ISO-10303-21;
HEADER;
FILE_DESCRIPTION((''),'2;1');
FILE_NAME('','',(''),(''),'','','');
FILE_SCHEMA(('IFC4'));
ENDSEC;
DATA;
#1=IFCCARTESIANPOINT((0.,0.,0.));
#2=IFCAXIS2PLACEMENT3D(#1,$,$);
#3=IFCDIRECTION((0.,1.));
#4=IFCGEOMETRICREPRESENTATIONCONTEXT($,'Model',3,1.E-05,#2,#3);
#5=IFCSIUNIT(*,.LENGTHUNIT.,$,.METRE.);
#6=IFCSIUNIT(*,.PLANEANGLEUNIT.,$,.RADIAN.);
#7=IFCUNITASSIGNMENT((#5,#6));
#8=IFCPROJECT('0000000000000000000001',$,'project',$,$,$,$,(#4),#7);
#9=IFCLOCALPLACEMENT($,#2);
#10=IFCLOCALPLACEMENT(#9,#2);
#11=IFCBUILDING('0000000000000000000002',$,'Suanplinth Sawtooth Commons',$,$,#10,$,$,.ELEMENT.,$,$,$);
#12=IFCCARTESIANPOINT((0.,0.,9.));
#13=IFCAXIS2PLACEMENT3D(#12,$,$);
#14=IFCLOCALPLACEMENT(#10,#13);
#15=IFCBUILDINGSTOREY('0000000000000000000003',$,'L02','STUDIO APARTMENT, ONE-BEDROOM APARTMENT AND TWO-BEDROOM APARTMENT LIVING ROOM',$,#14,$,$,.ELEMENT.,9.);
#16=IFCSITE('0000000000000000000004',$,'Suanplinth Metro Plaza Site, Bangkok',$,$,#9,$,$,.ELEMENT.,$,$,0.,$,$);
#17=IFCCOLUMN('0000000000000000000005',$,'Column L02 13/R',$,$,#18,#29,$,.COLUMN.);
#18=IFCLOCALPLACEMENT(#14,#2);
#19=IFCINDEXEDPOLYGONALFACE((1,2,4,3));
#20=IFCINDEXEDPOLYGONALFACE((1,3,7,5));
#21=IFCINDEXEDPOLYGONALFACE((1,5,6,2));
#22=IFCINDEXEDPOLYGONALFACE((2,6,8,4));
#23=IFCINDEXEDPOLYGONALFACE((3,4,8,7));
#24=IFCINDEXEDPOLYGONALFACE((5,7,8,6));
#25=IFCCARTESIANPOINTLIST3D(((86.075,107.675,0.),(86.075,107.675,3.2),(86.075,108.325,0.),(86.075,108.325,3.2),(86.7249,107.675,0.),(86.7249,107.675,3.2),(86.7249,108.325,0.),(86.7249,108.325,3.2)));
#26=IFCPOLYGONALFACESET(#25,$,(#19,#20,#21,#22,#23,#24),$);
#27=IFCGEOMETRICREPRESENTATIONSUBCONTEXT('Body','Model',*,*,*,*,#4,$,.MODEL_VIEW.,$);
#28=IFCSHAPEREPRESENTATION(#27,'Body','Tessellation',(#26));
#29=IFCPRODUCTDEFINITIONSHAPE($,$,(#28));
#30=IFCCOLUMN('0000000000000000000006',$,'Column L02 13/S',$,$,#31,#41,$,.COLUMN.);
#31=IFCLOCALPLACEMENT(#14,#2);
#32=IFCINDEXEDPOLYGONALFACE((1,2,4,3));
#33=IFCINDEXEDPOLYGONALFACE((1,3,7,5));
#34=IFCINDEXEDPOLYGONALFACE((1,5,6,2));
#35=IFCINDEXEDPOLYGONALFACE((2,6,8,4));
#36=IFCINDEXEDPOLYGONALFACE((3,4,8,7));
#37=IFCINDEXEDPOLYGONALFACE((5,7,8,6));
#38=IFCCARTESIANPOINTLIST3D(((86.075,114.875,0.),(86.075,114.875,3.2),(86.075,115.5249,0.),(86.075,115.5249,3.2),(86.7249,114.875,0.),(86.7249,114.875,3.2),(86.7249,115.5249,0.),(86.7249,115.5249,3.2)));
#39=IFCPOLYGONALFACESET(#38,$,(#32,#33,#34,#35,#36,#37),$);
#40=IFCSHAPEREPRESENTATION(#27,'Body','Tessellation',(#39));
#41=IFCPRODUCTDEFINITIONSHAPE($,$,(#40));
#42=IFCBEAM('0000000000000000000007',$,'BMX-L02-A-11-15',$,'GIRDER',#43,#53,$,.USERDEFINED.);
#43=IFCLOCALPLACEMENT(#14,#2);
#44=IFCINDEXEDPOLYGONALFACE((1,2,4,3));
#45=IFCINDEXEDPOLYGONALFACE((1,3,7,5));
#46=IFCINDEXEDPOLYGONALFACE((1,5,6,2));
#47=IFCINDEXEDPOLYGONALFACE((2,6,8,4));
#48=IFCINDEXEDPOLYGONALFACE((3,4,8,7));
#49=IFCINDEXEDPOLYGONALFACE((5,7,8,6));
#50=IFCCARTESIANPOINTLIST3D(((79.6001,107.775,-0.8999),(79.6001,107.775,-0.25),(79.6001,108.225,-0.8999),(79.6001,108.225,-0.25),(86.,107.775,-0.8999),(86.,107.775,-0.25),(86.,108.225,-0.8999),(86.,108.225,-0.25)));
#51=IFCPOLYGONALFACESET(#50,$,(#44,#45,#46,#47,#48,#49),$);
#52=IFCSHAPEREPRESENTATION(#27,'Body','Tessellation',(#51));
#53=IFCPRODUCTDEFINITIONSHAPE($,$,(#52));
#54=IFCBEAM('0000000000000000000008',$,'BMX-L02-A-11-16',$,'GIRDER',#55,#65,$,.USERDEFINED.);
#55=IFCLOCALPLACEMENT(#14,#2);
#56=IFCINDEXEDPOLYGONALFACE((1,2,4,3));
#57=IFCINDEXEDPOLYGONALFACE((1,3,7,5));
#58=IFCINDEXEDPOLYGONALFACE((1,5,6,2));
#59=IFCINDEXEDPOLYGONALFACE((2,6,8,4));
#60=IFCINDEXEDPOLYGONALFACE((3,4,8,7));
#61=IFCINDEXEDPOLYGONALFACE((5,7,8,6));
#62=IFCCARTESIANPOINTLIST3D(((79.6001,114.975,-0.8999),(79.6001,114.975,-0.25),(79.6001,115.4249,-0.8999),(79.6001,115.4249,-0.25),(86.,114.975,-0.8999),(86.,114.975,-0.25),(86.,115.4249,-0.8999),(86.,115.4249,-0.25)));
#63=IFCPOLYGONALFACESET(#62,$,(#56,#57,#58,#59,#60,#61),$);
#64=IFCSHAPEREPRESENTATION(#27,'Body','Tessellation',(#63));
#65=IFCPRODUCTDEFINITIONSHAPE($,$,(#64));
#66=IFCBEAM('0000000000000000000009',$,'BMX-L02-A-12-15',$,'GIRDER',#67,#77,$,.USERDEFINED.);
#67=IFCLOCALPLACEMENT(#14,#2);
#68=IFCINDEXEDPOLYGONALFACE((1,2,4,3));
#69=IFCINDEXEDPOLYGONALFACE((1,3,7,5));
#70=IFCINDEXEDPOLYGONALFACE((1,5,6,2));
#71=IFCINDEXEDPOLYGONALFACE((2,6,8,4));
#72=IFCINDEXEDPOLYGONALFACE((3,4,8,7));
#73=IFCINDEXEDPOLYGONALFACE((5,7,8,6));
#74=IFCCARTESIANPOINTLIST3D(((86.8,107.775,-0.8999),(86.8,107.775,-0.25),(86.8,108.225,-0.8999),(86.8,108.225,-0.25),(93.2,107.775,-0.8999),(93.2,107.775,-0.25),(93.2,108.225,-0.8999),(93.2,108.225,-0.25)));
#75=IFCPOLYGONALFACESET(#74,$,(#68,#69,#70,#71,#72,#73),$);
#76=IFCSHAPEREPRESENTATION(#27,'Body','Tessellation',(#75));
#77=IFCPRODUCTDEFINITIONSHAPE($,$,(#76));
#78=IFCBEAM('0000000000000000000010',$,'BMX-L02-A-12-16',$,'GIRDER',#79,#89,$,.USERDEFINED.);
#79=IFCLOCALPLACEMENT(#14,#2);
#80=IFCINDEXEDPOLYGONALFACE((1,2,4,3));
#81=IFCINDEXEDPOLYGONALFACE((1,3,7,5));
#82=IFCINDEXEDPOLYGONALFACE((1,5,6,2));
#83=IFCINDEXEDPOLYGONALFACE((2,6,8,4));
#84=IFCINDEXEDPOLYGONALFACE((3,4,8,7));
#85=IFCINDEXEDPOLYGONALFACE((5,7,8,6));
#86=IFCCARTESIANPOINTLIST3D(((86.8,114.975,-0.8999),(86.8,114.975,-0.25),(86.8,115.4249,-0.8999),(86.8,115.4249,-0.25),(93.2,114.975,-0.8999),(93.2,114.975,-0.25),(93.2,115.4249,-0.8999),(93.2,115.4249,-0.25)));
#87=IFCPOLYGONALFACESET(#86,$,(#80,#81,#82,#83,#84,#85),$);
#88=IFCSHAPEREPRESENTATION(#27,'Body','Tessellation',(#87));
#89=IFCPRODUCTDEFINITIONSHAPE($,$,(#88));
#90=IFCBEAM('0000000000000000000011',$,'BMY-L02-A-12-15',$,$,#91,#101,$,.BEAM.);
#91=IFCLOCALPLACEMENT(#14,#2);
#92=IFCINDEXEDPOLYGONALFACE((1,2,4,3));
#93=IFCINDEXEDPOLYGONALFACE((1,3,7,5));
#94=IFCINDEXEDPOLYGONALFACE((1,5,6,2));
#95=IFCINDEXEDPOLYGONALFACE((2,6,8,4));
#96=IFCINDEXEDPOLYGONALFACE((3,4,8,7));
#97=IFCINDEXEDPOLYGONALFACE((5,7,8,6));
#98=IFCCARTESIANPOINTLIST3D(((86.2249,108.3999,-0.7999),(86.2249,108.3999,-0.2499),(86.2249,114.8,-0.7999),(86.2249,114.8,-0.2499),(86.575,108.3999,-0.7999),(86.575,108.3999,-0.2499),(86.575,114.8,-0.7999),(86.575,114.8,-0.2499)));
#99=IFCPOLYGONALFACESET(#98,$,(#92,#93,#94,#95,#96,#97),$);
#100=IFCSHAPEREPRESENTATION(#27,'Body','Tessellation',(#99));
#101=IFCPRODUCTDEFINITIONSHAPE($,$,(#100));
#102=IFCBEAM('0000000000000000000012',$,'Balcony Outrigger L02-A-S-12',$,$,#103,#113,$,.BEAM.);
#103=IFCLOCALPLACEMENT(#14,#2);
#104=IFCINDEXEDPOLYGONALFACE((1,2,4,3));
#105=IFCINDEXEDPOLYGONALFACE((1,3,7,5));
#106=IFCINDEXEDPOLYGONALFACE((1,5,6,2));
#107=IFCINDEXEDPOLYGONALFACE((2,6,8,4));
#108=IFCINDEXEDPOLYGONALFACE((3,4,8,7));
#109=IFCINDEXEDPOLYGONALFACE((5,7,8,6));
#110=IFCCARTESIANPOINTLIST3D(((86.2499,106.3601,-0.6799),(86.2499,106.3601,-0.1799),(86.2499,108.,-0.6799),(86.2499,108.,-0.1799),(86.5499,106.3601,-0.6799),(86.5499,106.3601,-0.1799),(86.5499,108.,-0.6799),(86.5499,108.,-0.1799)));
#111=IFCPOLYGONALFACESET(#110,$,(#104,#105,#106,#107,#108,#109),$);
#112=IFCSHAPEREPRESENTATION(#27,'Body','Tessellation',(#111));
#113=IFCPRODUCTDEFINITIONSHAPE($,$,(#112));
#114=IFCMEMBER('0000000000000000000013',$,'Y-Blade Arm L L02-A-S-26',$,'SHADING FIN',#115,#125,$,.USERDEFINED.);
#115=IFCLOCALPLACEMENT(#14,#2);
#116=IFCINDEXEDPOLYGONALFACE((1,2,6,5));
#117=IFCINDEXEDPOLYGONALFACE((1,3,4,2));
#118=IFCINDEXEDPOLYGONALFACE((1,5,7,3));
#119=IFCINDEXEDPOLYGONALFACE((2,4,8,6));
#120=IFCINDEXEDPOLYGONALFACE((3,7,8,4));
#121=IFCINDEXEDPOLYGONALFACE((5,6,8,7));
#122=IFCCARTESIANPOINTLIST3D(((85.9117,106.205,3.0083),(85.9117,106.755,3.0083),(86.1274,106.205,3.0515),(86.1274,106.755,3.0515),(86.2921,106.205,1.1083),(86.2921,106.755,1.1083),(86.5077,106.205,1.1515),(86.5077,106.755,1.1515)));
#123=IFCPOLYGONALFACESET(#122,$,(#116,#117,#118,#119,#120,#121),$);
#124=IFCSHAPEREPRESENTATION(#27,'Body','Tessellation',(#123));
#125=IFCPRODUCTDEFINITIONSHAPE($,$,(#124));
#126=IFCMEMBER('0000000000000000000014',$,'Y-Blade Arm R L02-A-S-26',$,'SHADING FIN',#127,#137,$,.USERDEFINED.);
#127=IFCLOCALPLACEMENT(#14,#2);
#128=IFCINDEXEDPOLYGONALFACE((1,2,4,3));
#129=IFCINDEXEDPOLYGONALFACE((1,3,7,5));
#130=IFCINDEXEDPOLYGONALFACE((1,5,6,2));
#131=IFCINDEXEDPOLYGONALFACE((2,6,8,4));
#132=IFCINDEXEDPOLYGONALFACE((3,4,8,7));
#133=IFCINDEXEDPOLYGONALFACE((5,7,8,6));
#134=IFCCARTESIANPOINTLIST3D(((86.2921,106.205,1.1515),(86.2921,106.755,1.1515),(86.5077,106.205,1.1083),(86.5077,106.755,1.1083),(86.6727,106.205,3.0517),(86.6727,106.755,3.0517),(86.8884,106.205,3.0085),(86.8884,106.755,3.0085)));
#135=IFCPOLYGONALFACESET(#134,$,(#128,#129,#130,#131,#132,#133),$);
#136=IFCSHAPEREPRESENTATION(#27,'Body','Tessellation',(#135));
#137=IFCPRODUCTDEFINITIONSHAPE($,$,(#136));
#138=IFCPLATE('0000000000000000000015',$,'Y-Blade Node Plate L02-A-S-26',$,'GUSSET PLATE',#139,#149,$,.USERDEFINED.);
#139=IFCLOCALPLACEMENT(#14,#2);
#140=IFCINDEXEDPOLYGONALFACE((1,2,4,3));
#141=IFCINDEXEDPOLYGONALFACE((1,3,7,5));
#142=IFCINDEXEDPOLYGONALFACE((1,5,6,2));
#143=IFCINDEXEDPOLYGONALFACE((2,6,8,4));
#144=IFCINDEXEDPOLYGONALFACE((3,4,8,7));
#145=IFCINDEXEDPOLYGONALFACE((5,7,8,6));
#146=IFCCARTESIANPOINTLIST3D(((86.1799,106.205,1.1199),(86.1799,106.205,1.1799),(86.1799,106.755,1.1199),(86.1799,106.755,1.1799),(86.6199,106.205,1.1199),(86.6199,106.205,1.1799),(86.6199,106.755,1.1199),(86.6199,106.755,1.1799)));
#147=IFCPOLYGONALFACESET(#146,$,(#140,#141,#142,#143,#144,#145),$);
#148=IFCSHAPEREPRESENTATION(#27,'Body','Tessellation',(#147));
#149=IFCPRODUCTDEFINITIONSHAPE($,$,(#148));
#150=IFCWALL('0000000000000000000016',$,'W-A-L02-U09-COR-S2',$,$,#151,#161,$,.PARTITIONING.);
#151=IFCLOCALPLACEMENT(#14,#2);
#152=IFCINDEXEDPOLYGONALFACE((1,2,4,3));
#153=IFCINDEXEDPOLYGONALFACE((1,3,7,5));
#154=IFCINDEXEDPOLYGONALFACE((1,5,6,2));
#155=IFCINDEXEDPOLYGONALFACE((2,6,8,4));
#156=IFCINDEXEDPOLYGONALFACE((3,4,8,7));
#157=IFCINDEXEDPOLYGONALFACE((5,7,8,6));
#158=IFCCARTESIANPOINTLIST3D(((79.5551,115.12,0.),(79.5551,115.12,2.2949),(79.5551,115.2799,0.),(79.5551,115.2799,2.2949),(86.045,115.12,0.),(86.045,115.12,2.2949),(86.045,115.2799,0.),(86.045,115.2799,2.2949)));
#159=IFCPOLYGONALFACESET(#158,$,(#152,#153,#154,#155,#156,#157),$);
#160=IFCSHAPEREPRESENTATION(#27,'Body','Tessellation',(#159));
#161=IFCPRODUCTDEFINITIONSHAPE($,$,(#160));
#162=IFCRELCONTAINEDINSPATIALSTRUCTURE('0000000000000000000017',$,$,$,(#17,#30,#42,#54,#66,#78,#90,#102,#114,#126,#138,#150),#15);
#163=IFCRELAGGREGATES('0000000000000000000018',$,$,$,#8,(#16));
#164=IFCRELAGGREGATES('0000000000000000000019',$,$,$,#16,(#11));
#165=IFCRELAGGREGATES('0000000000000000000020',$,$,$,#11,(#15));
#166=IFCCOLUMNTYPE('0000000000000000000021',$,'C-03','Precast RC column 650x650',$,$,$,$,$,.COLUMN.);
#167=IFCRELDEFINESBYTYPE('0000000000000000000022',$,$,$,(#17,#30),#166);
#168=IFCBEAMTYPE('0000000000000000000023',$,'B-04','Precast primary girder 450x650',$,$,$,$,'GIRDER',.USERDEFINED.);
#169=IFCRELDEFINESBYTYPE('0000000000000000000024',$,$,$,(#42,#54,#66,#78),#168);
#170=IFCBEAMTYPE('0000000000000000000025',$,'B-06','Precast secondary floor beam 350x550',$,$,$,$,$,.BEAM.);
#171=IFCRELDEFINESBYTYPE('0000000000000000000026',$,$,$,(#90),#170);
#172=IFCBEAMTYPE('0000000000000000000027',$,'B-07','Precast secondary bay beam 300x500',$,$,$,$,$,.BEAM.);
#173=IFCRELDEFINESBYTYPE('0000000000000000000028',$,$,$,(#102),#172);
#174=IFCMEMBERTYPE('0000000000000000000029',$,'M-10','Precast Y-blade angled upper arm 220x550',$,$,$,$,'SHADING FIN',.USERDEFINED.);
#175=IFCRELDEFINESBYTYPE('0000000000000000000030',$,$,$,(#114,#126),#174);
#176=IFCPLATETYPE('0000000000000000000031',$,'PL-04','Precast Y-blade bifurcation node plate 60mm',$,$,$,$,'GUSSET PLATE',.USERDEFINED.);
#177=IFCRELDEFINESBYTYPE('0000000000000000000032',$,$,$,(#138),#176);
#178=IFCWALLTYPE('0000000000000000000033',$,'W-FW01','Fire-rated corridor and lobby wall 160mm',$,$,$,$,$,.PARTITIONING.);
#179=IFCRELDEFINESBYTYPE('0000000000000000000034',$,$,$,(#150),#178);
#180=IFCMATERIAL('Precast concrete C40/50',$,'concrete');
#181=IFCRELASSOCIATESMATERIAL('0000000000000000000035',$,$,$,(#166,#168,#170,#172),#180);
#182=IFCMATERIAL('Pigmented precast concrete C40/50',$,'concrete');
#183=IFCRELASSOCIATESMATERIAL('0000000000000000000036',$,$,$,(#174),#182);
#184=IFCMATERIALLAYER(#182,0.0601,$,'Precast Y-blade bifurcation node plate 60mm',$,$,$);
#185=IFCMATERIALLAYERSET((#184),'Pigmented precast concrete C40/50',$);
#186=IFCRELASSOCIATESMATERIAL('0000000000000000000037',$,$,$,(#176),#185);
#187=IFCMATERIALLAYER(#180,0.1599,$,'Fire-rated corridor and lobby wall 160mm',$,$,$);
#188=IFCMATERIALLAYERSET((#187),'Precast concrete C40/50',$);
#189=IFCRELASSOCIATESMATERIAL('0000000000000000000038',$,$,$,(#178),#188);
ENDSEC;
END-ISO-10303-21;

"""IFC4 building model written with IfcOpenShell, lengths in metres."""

from ifc_helpers import new_model, si_unit, direction, frame, frame_2d, origin, origin_2d, place, context, subcontext, project, spatial, rectangle, extrude, material, layer, layer_set, material_profile, profile_set, type_object, element, save


model = new_model("IFC4")

# Units and contexts
model_context = context("Model", 3, precision=1e-05, world=origin(), true_north=direction((0.0, 1.0)))
body_context = subcontext(model_context, "Body", "Model", "MODEL_VIEW")
ifc_project = project(units=[si_unit("LENGTHUNIT", "METRE"), si_unit("PLANEANGLEUNIT", "RADIAN")], contexts=[model_context])

# Site, building, storey
site_placement = place(None, origin())
site = spatial("IfcSite", under=ifc_project, at=site_placement, Name="Suanplinth Metro Plaza Site, Bangkok", CompositionType="ELEMENT", RefElevation=0.0)
building_placement = place(site_placement, origin())
building = spatial("IfcBuilding", under=site, at=building_placement, Name="Suanplinth Sawtooth Commons", CompositionType="ELEMENT")
storey_placement = place(building_placement, frame((0.0, 0.0, 9.0)))
storey = spatial("IfcBuildingStorey", under=building, at=storey_placement, Name="L02", Description="STUDIO APARTMENT, ONE-BEDROOM APARTMENT AND TWO-BEDROOM APARTMENT LIVING ROOM", CompositionType="ELEMENT", Elevation=9.0)

# Columns
ifc_material_1 = material(Name="Precast concrete C40/50", Category="concrete")
ifc_material_profile_1 = material_profile(ifc_material_1, rectangle(XDim=0.6499, YDim=0.6499, at=origin_2d()), Name="PC-COL 650x650")
ifc_profile_set_1 = profile_set([ifc_material_profile_1], Name="Precast concrete C40/50")
column_type = type_object("IfcColumnType", Name="C-03", Description="Precast RC column 650x650", PredefinedType="COLUMN", material=ifc_profile_set_1)
for number, where, z_axis, x_axis, name in (
    (1, (86.3999, 108.0, 0.0), (0.0, 0.0, 1.0), (1.0, 0.0, 0.0), "Column L02 13/R"),
    (2, (86.3999, 115.2, 0.0), (0.0, 0.0, 1.0), (1.0, 0.0, 0.0), "Column L02 13/S"),
):
    element("IfcColumn", number, at=place(storey_placement, frame(where, z_axis=z_axis, x_axis=x_axis)), inside=storey, type_object=column_type, Name=name, PredefinedType="COLUMN", context=body_context, shape_type="SweptSolid", body=[
        extrude(rectangle(XDim=0.6499, YDim=0.6499, at=origin_2d()), origin(), (0.0, 0.0, 1.0), 3.2),
    ])

# Beams
ifc_material_profile_2 = material_profile(ifc_material_1, rectangle(XDim=0.45, YDim=0.6499, at=origin_2d()), Name="PC-GDR 450x650")
ifc_profile_set_2 = profile_set([ifc_material_profile_2], Name="Precast concrete C40/50")
beam_type_1 = type_object("IfcBeamType", Name="B-04", Description="Precast primary girder 450x650", ElementType="GIRDER", PredefinedType="USERDEFINED", material=ifc_profile_set_2)
for number, where, z_axis, x_axis, name in (
    (3, (79.6001, 108.0, -0.575), (1.0, 0.0, 0.0), (0.0, 1.0, 0.0), "BMX-L02-A-11-15"),
    (4, (79.6001, 115.2, -0.575), (1.0, 0.0, 0.0), (0.0, 1.0, 0.0), "BMX-L02-A-11-16"),
    (5, (86.8, 108.0, -0.575), (1.0, 0.0, 0.0), (0.0, 1.0, 0.0), "BMX-L02-A-12-15"),
    (6, (86.8, 115.2, -0.575), (1.0, 0.0, 0.0), (0.0, 1.0, 0.0), "BMX-L02-A-12-16"),
):
    element("IfcBeam", number, at=place(storey_placement, frame(where, z_axis=z_axis, x_axis=x_axis)), inside=storey, type_object=beam_type_1, Name=name, ObjectType="GIRDER", PredefinedType="USERDEFINED", context=body_context, shape_type="SweptSolid", body=[
        extrude(rectangle(XDim=0.45, YDim=0.6499, at=origin_2d()), origin(), (0.0, 0.0, 1.0), 6.3999),
    ])
ifc_material_profile_3 = material_profile(ifc_material_1, rectangle(XDim=0.3501, YDim=0.55, at=origin_2d()), Name="PC-BM 350x550")
ifc_profile_set_3 = profile_set([ifc_material_profile_3], Name="Precast concrete C40/50")
beam_type_2 = type_object("IfcBeamType", Name="B-06", Description="Precast secondary floor beam 350x550", PredefinedType="BEAM", material=ifc_profile_set_3)
beam_1_placement = place(storey_placement, frame((86.3999, 108.3999, -0.5249), z_axis=(0.0, 1.0, 0.0), x_axis=(-1.0, 0.0, 0.0)))
element("IfcBeam", 7, at=beam_1_placement, inside=storey, type_object=beam_type_2, Name="BMY-L02-A-12-15", PredefinedType="BEAM", context=body_context, shape_type="SweptSolid", body=[
    extrude(rectangle(XDim=0.3501, YDim=0.55, at=origin_2d()), origin(), (0.0, 0.0, 1.0), 6.4001),
])
ifc_material_profile_4 = material_profile(ifc_material_1, rectangle(XDim=0.3, YDim=0.5, at=origin_2d()), Name="PC-BM 300x500")
ifc_profile_set_4 = profile_set([ifc_material_profile_4], Name="Precast concrete C40/50")
beam_type_3 = type_object("IfcBeamType", Name="B-07", Description="Precast secondary bay beam 300x500", PredefinedType="BEAM", material=ifc_profile_set_4)
beam_2_placement = place(storey_placement, frame((86.3999, 108.0, -0.4299), z_axis=(0.0, -1.0, 0.0), x_axis=(1.0, 0.0, 0.0)))
element("IfcBeam", 8, at=beam_2_placement, inside=storey, type_object=beam_type_3, Name="Balcony Outrigger L02-A-S-12", PredefinedType="BEAM", context=body_context, shape_type="SweptSolid", body=[
    extrude(rectangle(XDim=0.3, YDim=0.5, at=origin_2d()), origin(), (0.0, 0.0, 1.0), 1.6399),
])

# Members
ifc_material_2 = material(Name="Pigmented precast concrete C40/50", Category="concrete")
ifc_material_profile_5 = material_profile(ifc_material_2, rectangle(XDim=0.22, YDim=0.55, at=origin_2d()), Name="PC-FIN 220x550")
ifc_profile_set_5 = profile_set([ifc_material_profile_5], Name="Pigmented precast concrete C40/50")
member_type = type_object("IfcMemberType", Name="M-10", Description="Precast Y-blade angled upper arm 220x550", ElementType="SHADING FIN", PredefinedType="USERDEFINED", material=ifc_profile_set_5)
member_1_placement = place(storey_placement, frame((86.3999, 106.48, 1.1299), z_axis=(-0.196286, 0.0, 0.980547), x_axis=(0.980547, 0.0, 0.196286)))
element("IfcMember", 9, at=member_1_placement, inside=storey, type_object=member_type, Name="Y-Blade Arm L L02-A-S-26", ObjectType="SHADING FIN", PredefinedType="USERDEFINED", context=body_context, shape_type="SweptSolid", body=[
    extrude(rectangle(XDim=0.22, YDim=0.55, at=origin_2d()), origin(), (0.0, 0.0, 1.0), 1.9377),
])
member_2_placement = place(storey_placement, frame((86.3999, 106.48, 1.1299), z_axis=(0.196407, 0.0, 0.980522), x_axis=(-0.980522, 0.0, 0.196407)))
element("IfcMember", 10, at=member_2_placement, inside=storey, type_object=member_type, Name="Y-Blade Arm R L02-A-S-26", ObjectType="SHADING FIN", PredefinedType="USERDEFINED", context=body_context, shape_type="SweptSolid", body=[
    extrude(rectangle(XDim=0.22, YDim=0.55, at=origin_2d()), origin(), (0.0, 0.0, 1.0), 1.938),
])

# Plate
ifc_layer_1 = layer(ifc_material_2, 0.0601, Name="Precast Y-blade bifurcation node plate 60mm")
ifc_layer_set_1 = layer_set([ifc_layer_1], Name="Pigmented precast concrete C40/50")
plate_type = type_object("IfcPlateType", Name="PL-04", Description="Precast Y-blade bifurcation node plate 60mm", ElementType="GUSSET PLATE", PredefinedType="USERDEFINED", material=ifc_layer_set_1)
plate_placement = place(storey_placement, frame((86.3999, 106.48, 1.1199), z_axis=(0.0, 0.0, 1.0), x_axis=(1.0, 0.0, 0.0)))
element("IfcPlate", 11, at=plate_placement, inside=storey, type_object=plate_type, Name="Y-Blade Node Plate L02-A-S-26", ObjectType="GUSSET PLATE", PredefinedType="USERDEFINED", context=body_context, shape_type="SweptSolid", body=[
    extrude(rectangle(XDim=0.4399, YDim=0.55, at=origin_2d()), origin(), (0.0, 0.0, 1.0), 0.0601),
])

# Wall
ifc_layer_2 = layer(ifc_material_1, 0.1599, Name="Fire-rated corridor and lobby wall 160mm")
ifc_layer_set_2 = layer_set([ifc_layer_2], Name="Precast concrete C40/50")
wall_type_1 = type_object("IfcWallType", Name="W-FW01", Description="Fire-rated corridor and lobby wall 160mm", PredefinedType="PARTITIONING", material=ifc_layer_set_2)
wall_1_placement = place(storey_placement, frame((79.5549, 115.2, 0.0), z_axis=(0.0, 0.0, 1.0), x_axis=(1.0, 0.0, 0.0)))
element("IfcWall", 12, at=wall_1_placement, inside=storey, type_object=wall_type_1, Name="W-A-L02-U09-COR-S2", PredefinedType="PARTITIONING", context=body_context, shape_type="SweptSolid", body=[
    extrude(rectangle(XDim=6.49, YDim=0.1599, at=frame_2d((3.2451, 0.0))), origin(), (0.0, 0.0, 1.0), 2.2949),
])

save(model, "model.ifc")
